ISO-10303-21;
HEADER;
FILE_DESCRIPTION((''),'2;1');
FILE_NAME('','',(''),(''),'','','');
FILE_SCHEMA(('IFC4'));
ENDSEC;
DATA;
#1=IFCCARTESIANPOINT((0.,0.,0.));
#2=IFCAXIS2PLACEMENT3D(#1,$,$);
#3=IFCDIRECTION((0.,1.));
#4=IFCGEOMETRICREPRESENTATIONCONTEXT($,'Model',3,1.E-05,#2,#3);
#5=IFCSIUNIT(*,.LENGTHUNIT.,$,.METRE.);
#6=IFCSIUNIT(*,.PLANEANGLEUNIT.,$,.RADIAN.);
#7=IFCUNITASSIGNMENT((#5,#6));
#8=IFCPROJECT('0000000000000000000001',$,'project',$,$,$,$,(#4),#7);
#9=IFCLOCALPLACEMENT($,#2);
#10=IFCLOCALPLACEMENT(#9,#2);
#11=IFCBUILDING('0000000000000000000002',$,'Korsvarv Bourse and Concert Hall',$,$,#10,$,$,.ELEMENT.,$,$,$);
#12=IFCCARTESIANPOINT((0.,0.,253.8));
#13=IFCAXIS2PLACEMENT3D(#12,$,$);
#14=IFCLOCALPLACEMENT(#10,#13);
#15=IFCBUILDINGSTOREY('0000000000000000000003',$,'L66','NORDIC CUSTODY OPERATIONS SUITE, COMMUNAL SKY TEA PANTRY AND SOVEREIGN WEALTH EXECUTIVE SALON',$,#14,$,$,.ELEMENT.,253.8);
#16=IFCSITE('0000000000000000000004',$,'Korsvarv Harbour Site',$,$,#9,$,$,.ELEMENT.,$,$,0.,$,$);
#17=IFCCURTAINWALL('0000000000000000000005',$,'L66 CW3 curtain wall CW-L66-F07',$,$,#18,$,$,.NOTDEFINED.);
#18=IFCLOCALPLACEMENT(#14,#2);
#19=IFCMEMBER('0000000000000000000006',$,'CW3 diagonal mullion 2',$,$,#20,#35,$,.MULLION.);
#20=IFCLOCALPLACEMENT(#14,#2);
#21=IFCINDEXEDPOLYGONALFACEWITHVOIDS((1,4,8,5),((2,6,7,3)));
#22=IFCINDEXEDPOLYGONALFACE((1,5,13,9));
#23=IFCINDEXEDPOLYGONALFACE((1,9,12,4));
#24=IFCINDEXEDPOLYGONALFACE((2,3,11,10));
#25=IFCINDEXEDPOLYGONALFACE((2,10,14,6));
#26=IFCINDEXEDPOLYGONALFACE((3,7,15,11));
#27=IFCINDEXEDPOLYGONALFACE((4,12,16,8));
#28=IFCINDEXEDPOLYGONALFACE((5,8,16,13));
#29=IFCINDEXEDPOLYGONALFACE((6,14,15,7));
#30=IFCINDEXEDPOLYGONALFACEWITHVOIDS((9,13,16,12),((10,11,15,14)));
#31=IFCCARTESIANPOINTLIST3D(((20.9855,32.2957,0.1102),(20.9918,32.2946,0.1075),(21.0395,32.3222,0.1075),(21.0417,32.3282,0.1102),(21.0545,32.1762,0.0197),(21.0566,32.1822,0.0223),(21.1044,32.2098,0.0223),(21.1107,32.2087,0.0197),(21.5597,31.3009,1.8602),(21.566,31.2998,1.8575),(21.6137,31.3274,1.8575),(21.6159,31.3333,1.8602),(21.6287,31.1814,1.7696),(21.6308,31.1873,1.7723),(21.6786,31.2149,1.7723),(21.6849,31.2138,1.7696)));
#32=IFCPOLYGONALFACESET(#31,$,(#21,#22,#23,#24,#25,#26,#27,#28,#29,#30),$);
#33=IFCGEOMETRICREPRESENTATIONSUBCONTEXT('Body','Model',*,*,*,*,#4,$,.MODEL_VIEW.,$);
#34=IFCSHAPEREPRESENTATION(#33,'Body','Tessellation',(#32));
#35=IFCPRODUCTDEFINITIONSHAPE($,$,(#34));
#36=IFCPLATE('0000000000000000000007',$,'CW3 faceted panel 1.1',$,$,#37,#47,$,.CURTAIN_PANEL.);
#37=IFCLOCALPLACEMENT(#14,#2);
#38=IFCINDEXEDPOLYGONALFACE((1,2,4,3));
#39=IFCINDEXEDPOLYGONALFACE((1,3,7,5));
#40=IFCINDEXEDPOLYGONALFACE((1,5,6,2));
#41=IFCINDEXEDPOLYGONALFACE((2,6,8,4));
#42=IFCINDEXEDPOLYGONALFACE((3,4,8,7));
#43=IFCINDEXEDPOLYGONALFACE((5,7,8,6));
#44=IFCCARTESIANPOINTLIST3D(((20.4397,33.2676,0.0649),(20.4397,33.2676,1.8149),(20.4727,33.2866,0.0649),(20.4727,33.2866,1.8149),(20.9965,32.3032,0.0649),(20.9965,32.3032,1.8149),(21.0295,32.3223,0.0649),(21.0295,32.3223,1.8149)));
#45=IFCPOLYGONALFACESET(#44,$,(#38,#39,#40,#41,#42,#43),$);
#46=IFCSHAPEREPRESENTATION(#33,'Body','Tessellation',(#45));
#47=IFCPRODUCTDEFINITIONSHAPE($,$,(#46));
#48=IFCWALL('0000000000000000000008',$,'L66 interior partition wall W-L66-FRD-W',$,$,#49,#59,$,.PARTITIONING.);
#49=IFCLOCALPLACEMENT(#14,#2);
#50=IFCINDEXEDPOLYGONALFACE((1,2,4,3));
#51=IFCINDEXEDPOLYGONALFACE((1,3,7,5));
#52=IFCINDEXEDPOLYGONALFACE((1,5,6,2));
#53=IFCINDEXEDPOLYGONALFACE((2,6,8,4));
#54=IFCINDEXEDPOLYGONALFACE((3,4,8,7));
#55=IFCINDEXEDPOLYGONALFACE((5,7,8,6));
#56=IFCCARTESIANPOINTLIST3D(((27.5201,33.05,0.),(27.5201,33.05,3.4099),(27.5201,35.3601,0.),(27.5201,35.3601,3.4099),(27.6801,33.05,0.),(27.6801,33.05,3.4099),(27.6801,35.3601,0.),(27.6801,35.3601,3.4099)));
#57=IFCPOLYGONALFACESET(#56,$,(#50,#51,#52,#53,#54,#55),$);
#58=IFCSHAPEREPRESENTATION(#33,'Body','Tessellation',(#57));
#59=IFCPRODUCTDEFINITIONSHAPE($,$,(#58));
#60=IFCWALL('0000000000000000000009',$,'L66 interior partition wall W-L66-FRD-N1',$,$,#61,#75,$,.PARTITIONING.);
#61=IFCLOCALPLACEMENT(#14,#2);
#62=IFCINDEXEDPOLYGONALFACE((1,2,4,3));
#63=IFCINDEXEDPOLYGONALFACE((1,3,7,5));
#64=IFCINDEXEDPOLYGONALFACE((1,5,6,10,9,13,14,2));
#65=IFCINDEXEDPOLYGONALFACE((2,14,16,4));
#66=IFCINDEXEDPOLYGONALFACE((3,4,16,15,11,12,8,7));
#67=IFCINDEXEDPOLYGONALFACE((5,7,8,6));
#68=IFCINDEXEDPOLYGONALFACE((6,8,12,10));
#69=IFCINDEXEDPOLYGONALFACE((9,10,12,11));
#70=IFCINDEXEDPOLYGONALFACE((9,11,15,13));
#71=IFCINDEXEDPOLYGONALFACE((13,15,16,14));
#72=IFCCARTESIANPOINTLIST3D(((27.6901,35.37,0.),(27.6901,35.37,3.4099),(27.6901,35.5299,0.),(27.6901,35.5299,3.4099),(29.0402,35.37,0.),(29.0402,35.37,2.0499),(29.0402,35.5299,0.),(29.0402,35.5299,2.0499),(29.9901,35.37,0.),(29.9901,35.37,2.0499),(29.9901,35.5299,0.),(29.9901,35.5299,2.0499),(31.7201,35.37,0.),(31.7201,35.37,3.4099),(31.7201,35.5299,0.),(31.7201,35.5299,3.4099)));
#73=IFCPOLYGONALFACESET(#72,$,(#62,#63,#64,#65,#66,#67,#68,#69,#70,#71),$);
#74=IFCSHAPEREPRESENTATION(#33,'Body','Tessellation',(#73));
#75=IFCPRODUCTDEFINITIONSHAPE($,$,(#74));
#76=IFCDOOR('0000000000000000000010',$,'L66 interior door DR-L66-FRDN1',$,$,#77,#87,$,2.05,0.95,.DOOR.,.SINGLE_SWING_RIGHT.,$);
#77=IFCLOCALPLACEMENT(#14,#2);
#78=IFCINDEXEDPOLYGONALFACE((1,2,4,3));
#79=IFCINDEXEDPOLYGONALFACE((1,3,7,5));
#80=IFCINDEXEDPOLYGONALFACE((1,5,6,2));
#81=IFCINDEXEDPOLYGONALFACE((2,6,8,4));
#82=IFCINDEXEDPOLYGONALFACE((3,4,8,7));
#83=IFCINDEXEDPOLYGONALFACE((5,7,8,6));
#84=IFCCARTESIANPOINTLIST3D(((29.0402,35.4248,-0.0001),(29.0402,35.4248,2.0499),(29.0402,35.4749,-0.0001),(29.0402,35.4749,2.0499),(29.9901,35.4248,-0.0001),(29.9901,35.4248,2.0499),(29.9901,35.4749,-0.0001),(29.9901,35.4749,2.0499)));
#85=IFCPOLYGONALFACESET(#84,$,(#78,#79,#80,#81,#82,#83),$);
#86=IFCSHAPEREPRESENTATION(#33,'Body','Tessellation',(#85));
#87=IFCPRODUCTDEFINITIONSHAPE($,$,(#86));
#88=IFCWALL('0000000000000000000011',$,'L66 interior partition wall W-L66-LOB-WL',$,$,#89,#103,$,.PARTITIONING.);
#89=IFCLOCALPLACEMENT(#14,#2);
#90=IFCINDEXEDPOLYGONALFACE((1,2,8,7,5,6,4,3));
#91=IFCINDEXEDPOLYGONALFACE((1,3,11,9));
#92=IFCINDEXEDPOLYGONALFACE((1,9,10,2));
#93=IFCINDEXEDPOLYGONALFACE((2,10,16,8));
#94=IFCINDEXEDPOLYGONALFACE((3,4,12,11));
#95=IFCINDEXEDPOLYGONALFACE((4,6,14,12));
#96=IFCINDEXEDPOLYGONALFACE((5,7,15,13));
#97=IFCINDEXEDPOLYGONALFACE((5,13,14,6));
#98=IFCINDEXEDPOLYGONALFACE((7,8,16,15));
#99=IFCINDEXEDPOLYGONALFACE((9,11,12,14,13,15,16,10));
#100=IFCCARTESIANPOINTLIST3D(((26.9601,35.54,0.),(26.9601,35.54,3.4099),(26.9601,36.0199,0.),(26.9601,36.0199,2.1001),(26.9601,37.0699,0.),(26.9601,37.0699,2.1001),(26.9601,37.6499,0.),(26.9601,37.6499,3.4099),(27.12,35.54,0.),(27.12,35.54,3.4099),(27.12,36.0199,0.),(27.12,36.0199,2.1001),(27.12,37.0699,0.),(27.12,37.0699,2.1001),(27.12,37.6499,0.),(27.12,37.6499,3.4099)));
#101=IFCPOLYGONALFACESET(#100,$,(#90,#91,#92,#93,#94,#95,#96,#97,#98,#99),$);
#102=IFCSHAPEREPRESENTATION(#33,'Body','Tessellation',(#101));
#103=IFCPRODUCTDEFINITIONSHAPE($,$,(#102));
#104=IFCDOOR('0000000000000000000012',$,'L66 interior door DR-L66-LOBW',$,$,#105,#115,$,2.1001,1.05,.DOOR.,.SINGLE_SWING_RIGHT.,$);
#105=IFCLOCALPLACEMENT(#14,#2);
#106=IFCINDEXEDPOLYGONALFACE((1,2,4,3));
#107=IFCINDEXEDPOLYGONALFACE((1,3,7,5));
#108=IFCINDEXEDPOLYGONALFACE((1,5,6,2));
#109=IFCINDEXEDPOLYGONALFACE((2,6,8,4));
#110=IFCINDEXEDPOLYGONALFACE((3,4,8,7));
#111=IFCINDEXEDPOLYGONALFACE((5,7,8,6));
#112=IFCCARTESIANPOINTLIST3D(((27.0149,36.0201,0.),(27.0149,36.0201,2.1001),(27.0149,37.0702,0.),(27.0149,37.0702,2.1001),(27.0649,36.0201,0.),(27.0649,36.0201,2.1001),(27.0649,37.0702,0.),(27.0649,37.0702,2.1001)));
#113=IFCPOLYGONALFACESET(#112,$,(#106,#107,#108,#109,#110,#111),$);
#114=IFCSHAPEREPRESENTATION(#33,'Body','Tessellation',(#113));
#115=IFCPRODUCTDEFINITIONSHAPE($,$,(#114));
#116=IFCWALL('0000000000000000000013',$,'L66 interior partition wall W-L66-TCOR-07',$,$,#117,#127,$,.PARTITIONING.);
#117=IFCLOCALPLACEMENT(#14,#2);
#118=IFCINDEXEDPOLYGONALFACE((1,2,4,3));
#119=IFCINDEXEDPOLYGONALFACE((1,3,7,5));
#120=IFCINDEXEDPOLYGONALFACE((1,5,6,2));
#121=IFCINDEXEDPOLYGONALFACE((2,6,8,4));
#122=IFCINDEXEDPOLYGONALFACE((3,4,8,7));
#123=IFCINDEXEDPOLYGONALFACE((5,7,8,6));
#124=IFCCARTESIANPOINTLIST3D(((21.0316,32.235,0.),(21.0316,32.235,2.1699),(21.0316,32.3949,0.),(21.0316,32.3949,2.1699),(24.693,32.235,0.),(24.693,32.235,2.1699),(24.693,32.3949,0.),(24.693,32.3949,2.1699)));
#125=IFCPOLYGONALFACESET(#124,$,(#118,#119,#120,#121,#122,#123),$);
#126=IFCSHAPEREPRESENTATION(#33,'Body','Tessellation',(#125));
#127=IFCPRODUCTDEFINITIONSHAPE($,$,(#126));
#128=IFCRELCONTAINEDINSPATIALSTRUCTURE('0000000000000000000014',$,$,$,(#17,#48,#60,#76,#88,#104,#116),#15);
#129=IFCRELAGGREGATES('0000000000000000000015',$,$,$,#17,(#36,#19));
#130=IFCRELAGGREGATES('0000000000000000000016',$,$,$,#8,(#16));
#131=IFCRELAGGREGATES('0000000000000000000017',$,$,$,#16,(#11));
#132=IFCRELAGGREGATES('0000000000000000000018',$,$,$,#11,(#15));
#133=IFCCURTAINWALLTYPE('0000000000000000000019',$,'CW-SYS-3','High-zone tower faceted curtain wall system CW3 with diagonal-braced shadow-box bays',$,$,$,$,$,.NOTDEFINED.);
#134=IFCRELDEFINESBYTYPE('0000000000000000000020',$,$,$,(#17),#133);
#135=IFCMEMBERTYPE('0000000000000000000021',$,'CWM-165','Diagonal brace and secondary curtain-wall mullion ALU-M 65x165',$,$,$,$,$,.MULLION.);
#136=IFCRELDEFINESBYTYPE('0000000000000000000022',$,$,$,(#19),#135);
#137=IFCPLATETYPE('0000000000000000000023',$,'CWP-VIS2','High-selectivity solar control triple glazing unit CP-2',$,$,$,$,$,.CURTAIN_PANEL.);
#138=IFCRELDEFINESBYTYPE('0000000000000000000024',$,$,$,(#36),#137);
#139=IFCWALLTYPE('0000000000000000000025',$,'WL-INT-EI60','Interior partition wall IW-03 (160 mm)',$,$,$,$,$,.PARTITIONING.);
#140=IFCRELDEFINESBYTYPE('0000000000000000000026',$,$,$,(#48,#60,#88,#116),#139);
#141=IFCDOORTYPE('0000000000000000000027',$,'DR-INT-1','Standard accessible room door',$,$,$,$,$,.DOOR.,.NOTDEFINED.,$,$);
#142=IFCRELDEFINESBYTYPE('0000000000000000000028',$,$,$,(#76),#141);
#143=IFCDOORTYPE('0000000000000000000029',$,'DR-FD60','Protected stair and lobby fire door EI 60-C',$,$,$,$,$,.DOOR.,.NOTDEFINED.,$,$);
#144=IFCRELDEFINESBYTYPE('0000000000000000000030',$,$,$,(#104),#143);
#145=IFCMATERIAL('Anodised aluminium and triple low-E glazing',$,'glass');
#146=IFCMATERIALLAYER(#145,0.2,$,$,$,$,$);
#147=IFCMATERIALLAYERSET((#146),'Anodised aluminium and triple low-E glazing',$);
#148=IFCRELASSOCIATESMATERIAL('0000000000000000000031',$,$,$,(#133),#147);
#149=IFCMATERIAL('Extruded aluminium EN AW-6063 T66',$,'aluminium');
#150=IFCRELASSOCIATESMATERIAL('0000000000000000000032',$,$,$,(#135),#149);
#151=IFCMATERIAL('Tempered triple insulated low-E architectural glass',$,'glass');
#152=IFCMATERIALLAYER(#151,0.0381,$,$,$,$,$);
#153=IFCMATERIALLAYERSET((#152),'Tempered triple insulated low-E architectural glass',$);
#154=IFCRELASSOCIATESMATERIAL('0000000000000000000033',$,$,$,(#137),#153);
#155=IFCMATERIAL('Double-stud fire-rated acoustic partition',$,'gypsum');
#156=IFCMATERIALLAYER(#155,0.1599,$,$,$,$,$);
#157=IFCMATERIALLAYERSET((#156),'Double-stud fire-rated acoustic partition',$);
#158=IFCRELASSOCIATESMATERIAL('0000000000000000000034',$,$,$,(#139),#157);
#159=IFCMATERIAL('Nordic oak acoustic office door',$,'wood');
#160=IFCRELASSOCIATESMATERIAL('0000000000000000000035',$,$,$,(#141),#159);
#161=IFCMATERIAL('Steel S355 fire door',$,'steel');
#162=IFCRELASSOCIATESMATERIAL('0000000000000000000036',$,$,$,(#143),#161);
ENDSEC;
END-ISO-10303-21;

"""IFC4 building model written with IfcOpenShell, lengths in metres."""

from ifc_helpers import new_model, si_unit, direction, frame, frame_2d, origin, origin_2d, place, context, subcontext, project, spatial, rectangle, hollow_rectangle, extrude, source, transform, mapped, material, layer, layer_set, material_profile, profile_set, type_object, element, fill, aggregate, save


model = new_model("IFC4")

# Units and contexts
model_context = context("Model", 3, precision=1e-05, world=origin(), true_north=direction((0.0, 1.0)))
body_context = subcontext(model_context, "Body", "Model", "MODEL_VIEW")
ifc_project = project(units=[si_unit("LENGTHUNIT", "METRE"), si_unit("PLANEANGLEUNIT", "RADIAN")], contexts=[model_context])

# Site, building, storey
site_placement = place(None, origin())
site = spatial("IfcSite", under=ifc_project, at=site_placement, Name="Korsvarv Harbour Site", CompositionType="ELEMENT", RefElevation=0.0)
building_placement = place(site_placement, origin())
building = spatial("IfcBuilding", under=site, at=building_placement, Name="Korsvarv Bourse and Concert Hall", CompositionType="ELEMENT")
storey_placement = place(building_placement, frame((0.0, 0.0, 253.8)))
storey = spatial("IfcBuildingStorey", under=building, at=storey_placement, Name="L66", Description="NORDIC CUSTODY OPERATIONS SUITE, COMMUNAL SKY TEA PANTRY AND SOVEREIGN WEALTH EXECUTIVE SALON", CompositionType="ELEMENT", Elevation=253.8)

# Curtain wall, member, plate
ifc_material_1 = material(Name="Anodised aluminium and triple low-E glazing", Category="glass")
ifc_layer_1 = layer(ifc_material_1, 0.2)
ifc_layer_set_1 = layer_set([ifc_layer_1], Name="Anodised aluminium and triple low-E glazing")
curtain_wall_type = type_object("IfcCurtainWallType", Name="CW-SYS-3", Description="High-zone tower faceted curtain wall system CW3 with diagonal-braced shadow-box bays", PredefinedType="NOTDEFINED", material=ifc_layer_set_1)
curtain_wall_placement = place(storey_placement, origin())
curtain_wall = element("IfcCurtainWall", 1, at=curtain_wall_placement, inside=storey, type_object=curtain_wall_type, Name="L66 CW3 curtain wall CW-L66-F07", PredefinedType="NOTDEFINED")
ifc_material_2 = material(Name="Extruded aluminium EN AW-6063 T66", Category="aluminium")
ifc_material_profile_1 = material_profile(ifc_material_2, hollow_rectangle(XDim=0.0649, YDim=0.165, WallThickness=0.0049, at=origin_2d()), Name="ALU-M 65x165")
ifc_profile_set_1 = profile_set([ifc_material_profile_1], Name="Extruded aluminium EN AW-6063 T66")
member_type_1 = type_object("IfcMemberType", Name="CWM-165", Description="Diagonal brace and secondary curtain-wall mullion ALU-M 65x165", PredefinedType="MULLION", material=ifc_profile_set_1)
shared_shape_1 = source(origin(), body_context, "Body", "SweptSolid", [
    extrude(hollow_rectangle(XDim=0.0649, YDim=0.165, WallThickness=0.0049, at=origin_2d()), origin(), (0.0, 0.0, 1.0), 2.0933),
])
member_1_placement = place(storey_placement, frame((21.0481, 32.2522, 0.0649), z_axis=(0.27431, -0.47526, 0.835992), x_axis=(0.86609, 0.499888, 0.0)))
member_1 = element("IfcMember", 2, at=member_1_placement, type_object=member_type_1, Name="CW3 diagonal mullion 2", PredefinedType="MULLION", context=body_context, shape_type="MappedRepresentation", body=[
    mapped(shared_shape_1, transform((0.0, 0.0, 0.0), scale=1.0)),
])
ifc_material_3 = material(Name="Tempered triple insulated low-E architectural glass", Category="glass")
ifc_layer_2 = layer(ifc_material_3, 0.0381)
ifc_layer_set_2 = layer_set([ifc_layer_2], Name="Tempered triple insulated low-E architectural glass")
plate_type = type_object("IfcPlateType", Name="CWP-VIS2", Description="High-selectivity solar control triple glazing unit CP-2", PredefinedType="CURTAIN_PANEL", material=ifc_layer_set_2)
shared_shape_2 = source(origin(), body_context, "Body", "SweptSolid", [
    extrude(rectangle(XDim=1.1135, YDim=0.0381, at=origin_2d()), origin(), (0.0, 0.0, 1.0), 1.75),
])
plate_placement = place(storey_placement, frame((20.7346, 32.7949, 0.0649), z_axis=(0.0, 0.0, 1.0), x_axis=(0.500004, -0.866023, 0.0)))
plate = element("IfcPlate", 3, at=plate_placement, type_object=plate_type, Name="CW3 faceted panel 1.1", PredefinedType="CURTAIN_PANEL", context=body_context, shape_type="MappedRepresentation", body=[
    mapped(shared_shape_2, transform((0.0, 0.0, 0.0), scale=1.0)),
])
aggregate(curtain_wall, [plate, member_1])

# Wall
ifc_material_4 = material(Name="Double-stud fire-rated acoustic partition", Category="gypsum")
ifc_layer_3 = layer(ifc_material_4, 0.1599)
ifc_layer_set_3 = layer_set([ifc_layer_3], Name="Double-stud fire-rated acoustic partition")
wall_type = type_object("IfcWallType", Name="WL-INT-EI60", Description="Interior partition wall IW-03 (160 mm)", PredefinedType="PARTITIONING", material=ifc_layer_set_3)
wall_1_placement = place(storey_placement, frame((27.6001, 33.05, 0.0), z_axis=(0.0, 0.0, 1.0), x_axis=(0.0, 1.0, 0.0)))
element("IfcWall", 4, at=wall_1_placement, inside=storey, type_object=wall_type, Name="L66 interior partition wall W-L66-FRD-W", PredefinedType="PARTITIONING", context=body_context, shape_type="SweptSolid", body=[
    extrude(rectangle(XDim=2.3101, YDim=0.1599, at=frame_2d((1.155, 0.0))), origin(), (0.0, 0.0, 1.0), 3.4099),
])

# Walls, openings, doors
wall_2_placement = place(storey_placement, frame((27.6899, 35.45, 0.0), z_axis=(0.0, 0.0, 1.0), x_axis=(1.0, 0.0, 0.0)))
wall_2 = element("IfcWall", 5, at=wall_2_placement, inside=storey, type_object=wall_type, Name="L66 interior partition wall W-L66-FRD-N1", PredefinedType="PARTITIONING", context=body_context, shape_type="SweptSolid", body=[
    extrude(rectangle(XDim=4.03, YDim=0.1599, at=frame_2d((2.0151, 0.0))), origin(), (0.0, 0.0, 1.0), 3.4099),
])
opening_1_placement = place(wall_2_placement, frame((1.3501, 0.0, 0.0)))
opening_1 = element("IfcOpeningElement", 6, at=opening_1_placement, cuts=wall_2, PredefinedType="OPENING", context=body_context, shape_type="SweptSolid", body=[
    extrude(rectangle(XDim=0.95, YDim=2.05, at=frame_2d((0.4751, 1.0249))), frame((0.0, 0.0898, 0.0), z_axis=(0.0, -1.0, 0.0), x_axis=(1.0, 0.0, 0.0)), (0.0, 0.0, 1.0), 0.1799),
])
ifc_material_5 = material(Name="Nordic oak acoustic office door", Category="wood")
door_type_1 = type_object("IfcDoorType", Name="DR-INT-1", Description="Standard accessible room door", OperationType="NOTDEFINED", PredefinedType="DOOR", material=ifc_material_5)
door_1_placement = place(opening_1_placement, origin())
door_1 = element("IfcDoor", 7, at=door_1_placement, inside=storey, type_object=door_type_1, Name="L66 interior door DR-L66-FRDN1", OperationType="SINGLE_SWING_RIGHT", OverallHeight=2.05, OverallWidth=0.95, PredefinedType="DOOR", context=body_context, shape_type="SweptSolid", body=[
    extrude(rectangle(XDim=0.95, YDim=2.05, at=frame_2d((0.4751, 1.0249))), frame((0.0, 0.0249, 0.0), z_axis=(0.0, -1.0, 0.0), x_axis=(1.0, 0.0, 0.0)), (0.0, 0.0, 1.0), 0.05),
])
fill(opening_1, door_1)
wall_3_placement = place(storey_placement, frame((27.04, 35.54, 0.0), z_axis=(0.0, 0.0, 1.0), x_axis=(0.0, 1.0, 0.0)))
wall_3 = element("IfcWall", 8, at=wall_3_placement, inside=storey, type_object=wall_type, Name="L66 interior partition wall W-L66-LOB-WL", PredefinedType="PARTITIONING", context=body_context, shape_type="SweptSolid", body=[
    extrude(rectangle(XDim=2.1099, YDim=0.1599, at=frame_2d((1.0549, 0.0))), origin(), (0.0, 0.0, 1.0), 3.4099),
])
opening_2_placement = place(wall_3_placement, frame((0.48, 0.0, 0.0)))
opening_2 = element("IfcOpeningElement", 9, at=opening_2_placement, cuts=wall_3, PredefinedType="OPENING", context=body_context, shape_type="SweptSolid", body=[
    extrude(rectangle(XDim=1.05, YDim=2.1001, at=frame_2d((0.5249, 1.05))), frame((0.0, 0.0898, 0.0), z_axis=(0.0, -1.0, 0.0), x_axis=(1.0, 0.0, 0.0)), (0.0, 0.0, 1.0), 0.1799),
])
ifc_material_6 = material(Name="Steel S355 fire door", Category="steel")
door_type_2 = type_object("IfcDoorType", Name="DR-FD60", Description="Protected stair and lobby fire door EI 60-C", OperationType="NOTDEFINED", PredefinedType="DOOR", material=ifc_material_6)
door_2_placement = place(opening_2_placement, frame((1.05, 0.0, 0.0), z_axis=(0.0, 0.0, 1.0), x_axis=(-1.0, 0.0, 0.0)))
door_2 = element("IfcDoor", 10, at=door_2_placement, inside=storey, type_object=door_type_2, Name="L66 interior door DR-L66-LOBW", OperationType="SINGLE_SWING_RIGHT", OverallHeight=2.1001, OverallWidth=1.05, PredefinedType="DOOR", context=body_context, shape_type="SweptSolid", body=[
    extrude(rectangle(XDim=1.05, YDim=2.1001, at=frame_2d((0.5249, 1.05))), frame((0.0, 0.0249, 0.0), z_axis=(0.0, -1.0, 0.0), x_axis=(1.0, 0.0, 0.0)), (0.0, 0.0, 1.0), 0.05),
])
fill(opening_2, door_2)

# Wall
wall_4_placement = place(storey_placement, frame((21.0317, 32.3149, 0.0), z_axis=(0.0, 0.0, 1.0), x_axis=(1.0, 0.0, 0.0)))
element("IfcWall", 11, at=wall_4_placement, inside=storey, type_object=wall_type, Name="L66 interior partition wall W-L66-TCOR-07", PredefinedType="PARTITIONING", context=body_context, shape_type="SweptSolid", body=[
    extrude(rectangle(XDim=3.6614, YDim=0.1599, at=frame_2d((1.8306, 0.0))), origin(), (0.0, 0.0, 1.0), 2.1699),
])

save(model, "model.ifc")
